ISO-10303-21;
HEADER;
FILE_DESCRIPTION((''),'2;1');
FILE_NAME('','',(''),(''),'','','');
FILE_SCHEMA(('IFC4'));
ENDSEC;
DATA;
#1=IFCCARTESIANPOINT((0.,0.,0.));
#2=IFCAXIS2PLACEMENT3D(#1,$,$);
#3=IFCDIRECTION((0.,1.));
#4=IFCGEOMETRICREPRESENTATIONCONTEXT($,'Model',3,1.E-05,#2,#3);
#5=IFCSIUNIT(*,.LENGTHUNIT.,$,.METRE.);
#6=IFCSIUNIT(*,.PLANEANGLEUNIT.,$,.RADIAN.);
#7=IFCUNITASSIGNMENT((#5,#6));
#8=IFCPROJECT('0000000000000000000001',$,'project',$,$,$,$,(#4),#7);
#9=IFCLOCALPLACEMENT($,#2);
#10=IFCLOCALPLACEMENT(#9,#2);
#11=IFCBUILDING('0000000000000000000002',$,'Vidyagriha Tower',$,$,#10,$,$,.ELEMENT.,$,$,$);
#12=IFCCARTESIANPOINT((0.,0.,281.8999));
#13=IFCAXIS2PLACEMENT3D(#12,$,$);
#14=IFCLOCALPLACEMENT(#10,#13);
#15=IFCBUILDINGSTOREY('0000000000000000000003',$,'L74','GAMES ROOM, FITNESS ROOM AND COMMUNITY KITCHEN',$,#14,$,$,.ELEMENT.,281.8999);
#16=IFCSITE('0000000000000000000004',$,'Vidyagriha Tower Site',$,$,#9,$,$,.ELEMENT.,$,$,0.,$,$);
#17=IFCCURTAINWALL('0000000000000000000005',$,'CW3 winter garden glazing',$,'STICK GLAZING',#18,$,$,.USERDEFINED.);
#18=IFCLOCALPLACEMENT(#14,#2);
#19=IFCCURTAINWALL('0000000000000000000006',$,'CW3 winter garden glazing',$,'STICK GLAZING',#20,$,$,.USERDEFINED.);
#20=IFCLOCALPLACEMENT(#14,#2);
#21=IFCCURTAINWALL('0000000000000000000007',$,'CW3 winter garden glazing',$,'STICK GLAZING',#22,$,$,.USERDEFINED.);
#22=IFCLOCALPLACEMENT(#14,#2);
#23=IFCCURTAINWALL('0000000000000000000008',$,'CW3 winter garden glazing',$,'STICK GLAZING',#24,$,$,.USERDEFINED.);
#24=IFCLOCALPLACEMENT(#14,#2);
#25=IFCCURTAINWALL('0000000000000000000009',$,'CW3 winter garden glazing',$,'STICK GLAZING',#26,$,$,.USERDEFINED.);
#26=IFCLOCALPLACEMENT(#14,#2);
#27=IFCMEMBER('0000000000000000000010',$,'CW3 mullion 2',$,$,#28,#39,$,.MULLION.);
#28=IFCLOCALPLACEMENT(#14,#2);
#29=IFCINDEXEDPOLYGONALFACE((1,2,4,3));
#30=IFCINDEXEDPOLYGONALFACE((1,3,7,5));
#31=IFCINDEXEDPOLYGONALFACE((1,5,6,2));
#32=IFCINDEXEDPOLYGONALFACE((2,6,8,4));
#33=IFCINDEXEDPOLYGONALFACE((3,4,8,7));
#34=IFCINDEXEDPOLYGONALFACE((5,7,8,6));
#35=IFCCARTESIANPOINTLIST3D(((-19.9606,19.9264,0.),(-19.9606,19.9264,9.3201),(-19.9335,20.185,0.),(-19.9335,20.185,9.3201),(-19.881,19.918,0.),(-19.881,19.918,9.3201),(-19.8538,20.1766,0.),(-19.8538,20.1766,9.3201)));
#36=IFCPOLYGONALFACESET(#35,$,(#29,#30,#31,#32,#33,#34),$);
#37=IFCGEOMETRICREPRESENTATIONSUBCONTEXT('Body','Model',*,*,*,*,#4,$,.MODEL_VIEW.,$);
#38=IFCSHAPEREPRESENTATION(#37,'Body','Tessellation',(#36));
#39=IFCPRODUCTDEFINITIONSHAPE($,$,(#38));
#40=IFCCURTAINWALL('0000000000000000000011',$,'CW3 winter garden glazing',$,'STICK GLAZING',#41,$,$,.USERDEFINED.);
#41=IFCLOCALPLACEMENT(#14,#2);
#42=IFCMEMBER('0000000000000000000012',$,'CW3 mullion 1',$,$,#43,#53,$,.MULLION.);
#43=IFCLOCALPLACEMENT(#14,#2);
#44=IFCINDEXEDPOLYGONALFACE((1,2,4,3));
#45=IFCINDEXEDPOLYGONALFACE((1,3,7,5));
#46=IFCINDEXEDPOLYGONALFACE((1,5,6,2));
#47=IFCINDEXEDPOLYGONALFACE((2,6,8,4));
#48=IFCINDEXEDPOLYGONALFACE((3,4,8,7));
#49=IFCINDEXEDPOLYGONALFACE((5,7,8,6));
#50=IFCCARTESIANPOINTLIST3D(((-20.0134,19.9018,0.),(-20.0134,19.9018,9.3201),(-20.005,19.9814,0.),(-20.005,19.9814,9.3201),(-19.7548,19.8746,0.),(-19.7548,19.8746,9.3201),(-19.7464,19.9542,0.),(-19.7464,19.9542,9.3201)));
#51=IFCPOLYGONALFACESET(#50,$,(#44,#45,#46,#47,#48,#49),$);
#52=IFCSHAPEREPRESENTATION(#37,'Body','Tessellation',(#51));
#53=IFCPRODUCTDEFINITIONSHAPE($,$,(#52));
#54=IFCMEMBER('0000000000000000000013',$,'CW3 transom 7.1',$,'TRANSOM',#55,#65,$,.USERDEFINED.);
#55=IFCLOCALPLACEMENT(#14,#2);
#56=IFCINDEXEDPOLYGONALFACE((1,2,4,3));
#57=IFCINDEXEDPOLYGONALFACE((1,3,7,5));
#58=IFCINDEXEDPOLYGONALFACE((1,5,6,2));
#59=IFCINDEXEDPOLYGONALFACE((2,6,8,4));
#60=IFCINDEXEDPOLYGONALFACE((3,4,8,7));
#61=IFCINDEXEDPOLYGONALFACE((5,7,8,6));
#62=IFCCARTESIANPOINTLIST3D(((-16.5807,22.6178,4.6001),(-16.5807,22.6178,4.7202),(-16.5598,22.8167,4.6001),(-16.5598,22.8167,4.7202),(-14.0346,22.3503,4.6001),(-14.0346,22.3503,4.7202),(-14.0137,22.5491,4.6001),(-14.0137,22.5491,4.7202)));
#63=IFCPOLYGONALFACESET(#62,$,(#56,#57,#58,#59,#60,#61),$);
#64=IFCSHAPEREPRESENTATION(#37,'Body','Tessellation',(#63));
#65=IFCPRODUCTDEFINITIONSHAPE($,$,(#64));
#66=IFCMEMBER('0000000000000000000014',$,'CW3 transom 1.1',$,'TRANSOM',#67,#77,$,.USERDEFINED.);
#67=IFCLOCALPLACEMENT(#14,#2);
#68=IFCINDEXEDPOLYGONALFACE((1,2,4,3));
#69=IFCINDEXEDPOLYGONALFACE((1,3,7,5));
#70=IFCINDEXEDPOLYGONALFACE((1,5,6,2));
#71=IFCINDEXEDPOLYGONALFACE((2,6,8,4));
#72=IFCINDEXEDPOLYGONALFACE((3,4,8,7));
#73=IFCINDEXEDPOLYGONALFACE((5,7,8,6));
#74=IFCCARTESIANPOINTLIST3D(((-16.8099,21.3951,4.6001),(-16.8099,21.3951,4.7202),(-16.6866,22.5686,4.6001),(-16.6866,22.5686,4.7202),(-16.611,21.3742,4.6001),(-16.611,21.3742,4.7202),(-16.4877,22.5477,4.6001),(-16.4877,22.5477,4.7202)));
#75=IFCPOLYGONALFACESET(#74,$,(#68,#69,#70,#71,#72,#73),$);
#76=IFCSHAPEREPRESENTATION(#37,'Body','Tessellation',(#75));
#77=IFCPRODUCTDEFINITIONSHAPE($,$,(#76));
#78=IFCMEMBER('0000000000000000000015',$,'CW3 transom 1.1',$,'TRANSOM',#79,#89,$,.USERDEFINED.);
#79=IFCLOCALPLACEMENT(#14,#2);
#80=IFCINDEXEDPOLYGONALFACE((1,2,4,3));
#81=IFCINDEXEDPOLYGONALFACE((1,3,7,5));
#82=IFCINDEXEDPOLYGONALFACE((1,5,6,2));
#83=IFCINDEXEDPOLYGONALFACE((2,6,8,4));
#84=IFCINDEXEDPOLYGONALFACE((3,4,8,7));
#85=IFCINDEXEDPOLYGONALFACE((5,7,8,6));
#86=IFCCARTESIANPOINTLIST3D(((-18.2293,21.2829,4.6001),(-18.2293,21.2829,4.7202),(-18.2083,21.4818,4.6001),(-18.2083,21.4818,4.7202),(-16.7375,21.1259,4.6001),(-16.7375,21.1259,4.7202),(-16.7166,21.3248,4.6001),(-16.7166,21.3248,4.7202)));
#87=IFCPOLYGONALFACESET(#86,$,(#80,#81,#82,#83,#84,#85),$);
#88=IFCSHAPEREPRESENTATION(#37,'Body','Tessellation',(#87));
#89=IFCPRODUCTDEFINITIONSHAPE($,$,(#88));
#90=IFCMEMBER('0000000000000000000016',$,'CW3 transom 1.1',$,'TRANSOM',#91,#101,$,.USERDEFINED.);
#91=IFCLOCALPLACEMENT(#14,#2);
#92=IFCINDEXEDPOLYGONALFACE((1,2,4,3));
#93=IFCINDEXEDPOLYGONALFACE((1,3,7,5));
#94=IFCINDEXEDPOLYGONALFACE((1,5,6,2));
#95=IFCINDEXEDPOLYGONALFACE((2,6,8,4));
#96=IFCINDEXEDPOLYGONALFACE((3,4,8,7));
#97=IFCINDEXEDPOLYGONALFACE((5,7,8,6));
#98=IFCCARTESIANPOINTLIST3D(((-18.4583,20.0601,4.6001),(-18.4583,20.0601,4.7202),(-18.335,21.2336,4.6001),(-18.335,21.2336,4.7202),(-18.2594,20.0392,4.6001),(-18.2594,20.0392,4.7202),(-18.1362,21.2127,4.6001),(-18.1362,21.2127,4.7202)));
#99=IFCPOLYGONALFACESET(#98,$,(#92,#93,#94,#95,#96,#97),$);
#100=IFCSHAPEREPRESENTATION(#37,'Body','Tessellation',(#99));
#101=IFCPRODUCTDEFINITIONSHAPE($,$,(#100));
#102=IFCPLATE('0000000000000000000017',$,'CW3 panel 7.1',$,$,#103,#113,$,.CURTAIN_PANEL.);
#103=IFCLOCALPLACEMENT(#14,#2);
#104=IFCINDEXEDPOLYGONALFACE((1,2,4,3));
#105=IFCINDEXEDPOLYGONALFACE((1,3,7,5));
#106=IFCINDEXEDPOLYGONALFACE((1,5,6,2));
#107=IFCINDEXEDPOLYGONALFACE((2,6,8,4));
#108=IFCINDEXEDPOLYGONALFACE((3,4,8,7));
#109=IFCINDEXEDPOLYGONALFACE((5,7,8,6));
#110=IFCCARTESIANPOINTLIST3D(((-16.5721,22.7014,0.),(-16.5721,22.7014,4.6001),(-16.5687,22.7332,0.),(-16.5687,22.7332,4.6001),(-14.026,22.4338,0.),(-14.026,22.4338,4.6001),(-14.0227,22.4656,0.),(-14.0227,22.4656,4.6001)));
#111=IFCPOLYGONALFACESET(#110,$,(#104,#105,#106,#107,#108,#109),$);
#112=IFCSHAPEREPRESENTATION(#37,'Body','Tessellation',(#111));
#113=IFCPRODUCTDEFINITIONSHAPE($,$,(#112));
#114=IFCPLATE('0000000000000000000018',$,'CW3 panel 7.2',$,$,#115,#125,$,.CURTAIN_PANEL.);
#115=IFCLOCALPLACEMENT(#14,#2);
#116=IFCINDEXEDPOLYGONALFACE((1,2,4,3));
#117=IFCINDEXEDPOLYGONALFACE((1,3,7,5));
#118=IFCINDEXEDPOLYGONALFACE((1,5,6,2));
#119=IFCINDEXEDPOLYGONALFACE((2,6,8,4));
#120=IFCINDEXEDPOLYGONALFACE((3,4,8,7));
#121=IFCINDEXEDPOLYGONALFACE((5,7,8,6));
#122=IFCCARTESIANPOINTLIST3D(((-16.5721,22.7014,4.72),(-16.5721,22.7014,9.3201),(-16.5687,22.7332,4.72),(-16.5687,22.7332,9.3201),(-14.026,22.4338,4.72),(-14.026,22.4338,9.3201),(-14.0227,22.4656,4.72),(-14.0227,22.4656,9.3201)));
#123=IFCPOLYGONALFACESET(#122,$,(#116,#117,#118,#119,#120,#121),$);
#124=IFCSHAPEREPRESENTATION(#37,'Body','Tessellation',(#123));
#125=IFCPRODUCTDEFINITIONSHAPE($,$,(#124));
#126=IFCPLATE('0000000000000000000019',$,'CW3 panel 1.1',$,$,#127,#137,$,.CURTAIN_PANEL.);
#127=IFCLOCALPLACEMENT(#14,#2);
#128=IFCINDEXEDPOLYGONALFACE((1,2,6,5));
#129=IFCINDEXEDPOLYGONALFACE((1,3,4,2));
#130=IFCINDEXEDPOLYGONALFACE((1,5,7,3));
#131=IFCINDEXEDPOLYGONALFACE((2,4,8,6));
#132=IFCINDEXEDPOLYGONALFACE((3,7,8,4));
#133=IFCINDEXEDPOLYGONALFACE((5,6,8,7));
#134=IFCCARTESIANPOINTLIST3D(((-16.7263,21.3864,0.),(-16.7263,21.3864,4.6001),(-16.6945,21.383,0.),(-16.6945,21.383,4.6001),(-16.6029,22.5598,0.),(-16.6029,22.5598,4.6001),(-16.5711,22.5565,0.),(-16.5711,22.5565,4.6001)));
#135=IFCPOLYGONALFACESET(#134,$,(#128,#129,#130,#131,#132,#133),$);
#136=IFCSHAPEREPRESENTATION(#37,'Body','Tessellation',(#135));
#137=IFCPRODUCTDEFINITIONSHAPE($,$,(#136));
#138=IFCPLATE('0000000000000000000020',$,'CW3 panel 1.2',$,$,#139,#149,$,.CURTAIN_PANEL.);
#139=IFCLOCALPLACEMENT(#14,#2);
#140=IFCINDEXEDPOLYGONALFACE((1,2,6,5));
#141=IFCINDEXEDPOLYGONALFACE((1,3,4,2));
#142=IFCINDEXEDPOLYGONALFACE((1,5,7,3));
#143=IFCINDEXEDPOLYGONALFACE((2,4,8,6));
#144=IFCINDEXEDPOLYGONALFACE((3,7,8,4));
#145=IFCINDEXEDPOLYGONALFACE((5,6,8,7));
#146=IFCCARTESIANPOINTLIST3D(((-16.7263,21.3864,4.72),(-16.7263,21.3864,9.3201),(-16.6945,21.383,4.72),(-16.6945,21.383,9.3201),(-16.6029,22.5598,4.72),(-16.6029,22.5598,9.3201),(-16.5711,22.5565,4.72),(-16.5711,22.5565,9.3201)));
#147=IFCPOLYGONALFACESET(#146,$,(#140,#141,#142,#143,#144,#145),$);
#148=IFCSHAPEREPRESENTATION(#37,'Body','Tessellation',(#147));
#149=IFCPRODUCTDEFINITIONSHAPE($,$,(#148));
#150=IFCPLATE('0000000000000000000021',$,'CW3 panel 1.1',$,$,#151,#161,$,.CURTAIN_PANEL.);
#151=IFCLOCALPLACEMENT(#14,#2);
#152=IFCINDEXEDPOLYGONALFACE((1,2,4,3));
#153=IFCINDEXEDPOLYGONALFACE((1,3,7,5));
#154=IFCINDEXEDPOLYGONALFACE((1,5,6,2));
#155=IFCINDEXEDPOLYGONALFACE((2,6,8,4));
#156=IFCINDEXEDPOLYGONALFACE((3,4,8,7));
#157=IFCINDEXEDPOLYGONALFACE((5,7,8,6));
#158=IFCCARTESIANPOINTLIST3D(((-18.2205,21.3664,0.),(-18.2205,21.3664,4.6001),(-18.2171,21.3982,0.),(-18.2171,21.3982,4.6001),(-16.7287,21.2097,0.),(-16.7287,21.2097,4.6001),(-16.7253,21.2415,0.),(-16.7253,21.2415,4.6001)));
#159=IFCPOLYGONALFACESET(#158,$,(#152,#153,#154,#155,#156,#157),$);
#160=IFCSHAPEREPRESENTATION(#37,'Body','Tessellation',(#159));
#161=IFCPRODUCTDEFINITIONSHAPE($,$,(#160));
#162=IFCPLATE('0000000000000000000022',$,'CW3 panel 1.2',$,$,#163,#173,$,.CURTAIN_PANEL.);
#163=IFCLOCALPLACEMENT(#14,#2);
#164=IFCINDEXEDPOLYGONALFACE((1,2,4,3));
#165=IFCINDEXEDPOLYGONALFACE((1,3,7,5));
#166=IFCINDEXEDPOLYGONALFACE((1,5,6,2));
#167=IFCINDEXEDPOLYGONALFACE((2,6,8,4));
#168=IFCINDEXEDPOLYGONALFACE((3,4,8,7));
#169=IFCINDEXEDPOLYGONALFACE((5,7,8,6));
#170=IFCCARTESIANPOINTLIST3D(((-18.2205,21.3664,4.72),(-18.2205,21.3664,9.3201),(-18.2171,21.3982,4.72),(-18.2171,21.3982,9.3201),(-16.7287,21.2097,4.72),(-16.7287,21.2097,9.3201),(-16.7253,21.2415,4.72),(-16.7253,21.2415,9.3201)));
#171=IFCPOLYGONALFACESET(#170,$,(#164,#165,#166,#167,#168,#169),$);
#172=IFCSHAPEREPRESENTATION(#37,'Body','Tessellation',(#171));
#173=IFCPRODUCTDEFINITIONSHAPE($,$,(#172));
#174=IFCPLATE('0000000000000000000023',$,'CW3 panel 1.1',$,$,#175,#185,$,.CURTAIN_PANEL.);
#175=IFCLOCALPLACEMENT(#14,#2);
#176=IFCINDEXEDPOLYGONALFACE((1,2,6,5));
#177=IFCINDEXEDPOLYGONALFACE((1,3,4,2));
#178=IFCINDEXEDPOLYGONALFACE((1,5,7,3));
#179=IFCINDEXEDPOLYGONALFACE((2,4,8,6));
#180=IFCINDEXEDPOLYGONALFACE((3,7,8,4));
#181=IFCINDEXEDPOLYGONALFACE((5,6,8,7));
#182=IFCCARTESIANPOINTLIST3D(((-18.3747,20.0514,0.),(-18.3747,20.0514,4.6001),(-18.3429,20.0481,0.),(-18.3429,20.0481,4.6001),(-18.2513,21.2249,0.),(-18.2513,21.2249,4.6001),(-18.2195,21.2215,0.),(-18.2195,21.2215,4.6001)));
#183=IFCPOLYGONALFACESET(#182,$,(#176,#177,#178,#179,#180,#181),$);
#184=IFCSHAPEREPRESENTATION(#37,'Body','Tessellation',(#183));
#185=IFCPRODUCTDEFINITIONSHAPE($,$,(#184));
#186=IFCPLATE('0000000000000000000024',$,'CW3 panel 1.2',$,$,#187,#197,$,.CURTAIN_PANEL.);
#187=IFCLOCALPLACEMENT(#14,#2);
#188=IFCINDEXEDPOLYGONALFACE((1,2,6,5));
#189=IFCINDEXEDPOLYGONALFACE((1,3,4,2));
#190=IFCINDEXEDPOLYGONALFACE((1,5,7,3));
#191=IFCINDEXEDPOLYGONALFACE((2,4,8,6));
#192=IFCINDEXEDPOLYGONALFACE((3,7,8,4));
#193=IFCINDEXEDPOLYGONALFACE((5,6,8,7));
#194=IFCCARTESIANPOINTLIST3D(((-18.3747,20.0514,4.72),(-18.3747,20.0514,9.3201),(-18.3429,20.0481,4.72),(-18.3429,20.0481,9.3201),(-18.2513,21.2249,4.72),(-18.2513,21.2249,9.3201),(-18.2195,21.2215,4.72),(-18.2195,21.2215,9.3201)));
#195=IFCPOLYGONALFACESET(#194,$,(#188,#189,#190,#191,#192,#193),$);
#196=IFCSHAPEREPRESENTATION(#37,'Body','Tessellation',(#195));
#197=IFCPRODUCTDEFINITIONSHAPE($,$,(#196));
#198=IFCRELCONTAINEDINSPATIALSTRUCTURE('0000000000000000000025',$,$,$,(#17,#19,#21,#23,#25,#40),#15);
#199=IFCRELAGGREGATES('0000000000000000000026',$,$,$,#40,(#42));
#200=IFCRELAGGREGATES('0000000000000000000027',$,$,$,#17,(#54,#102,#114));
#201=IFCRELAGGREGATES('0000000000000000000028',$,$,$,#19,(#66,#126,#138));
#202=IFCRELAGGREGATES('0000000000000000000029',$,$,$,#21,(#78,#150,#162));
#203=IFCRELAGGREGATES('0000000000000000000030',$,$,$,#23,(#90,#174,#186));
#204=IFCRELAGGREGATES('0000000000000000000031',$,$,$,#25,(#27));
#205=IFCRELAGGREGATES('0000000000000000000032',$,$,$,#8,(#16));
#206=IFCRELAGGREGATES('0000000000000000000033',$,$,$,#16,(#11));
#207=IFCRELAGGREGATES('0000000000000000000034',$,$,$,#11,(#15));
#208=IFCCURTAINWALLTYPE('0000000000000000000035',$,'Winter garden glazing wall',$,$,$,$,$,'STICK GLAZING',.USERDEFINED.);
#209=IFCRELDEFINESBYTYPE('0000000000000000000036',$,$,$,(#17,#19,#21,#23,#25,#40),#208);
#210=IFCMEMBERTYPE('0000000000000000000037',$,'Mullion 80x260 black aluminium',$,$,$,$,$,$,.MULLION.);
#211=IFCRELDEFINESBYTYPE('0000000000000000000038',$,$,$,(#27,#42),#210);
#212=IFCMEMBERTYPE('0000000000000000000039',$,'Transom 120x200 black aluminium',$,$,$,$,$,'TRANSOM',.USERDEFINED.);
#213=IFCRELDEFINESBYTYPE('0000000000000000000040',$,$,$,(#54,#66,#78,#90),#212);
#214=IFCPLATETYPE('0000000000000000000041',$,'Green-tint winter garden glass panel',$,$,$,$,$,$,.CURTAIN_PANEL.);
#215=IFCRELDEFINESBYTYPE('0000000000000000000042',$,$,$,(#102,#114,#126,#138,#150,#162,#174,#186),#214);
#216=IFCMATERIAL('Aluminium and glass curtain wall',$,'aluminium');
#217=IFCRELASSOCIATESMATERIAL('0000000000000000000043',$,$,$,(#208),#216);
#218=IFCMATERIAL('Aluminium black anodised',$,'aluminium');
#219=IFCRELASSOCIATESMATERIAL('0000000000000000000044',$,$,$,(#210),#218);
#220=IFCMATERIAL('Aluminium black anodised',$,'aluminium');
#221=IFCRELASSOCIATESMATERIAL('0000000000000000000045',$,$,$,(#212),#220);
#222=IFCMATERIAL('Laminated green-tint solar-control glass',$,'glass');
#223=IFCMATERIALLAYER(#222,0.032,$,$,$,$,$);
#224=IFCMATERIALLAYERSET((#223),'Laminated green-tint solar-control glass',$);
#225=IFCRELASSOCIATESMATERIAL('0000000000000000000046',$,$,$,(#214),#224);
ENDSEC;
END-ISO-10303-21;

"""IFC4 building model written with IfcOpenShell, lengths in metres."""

from ifc_helpers import new_model, si_unit, direction, frame, origin, origin_2d, place, context, subcontext, project, spatial, rectangle, extrude, material, layer, layer_set, material_profile, profile_set, type_object, element, aggregate, save


model = new_model("IFC4")

# Units and contexts
model_context = context("Model", 3, precision=1e-05, world=origin(), true_north=direction((0.0, 1.0)))
body_context = subcontext(model_context, "Body", "Model", "MODEL_VIEW")
ifc_project = project(units=[si_unit("LENGTHUNIT", "METRE"), si_unit("PLANEANGLEUNIT", "RADIAN")], contexts=[model_context])

# Site, building, storey
site_placement = place(None, origin())
site = spatial("IfcSite", under=ifc_project, at=site_placement, Name="Vidyagriha Tower Site", CompositionType="ELEMENT", RefElevation=0.0)
building_placement = place(site_placement, origin())
building = spatial("IfcBuilding", under=site, at=building_placement, Name="Vidyagriha Tower", CompositionType="ELEMENT")
storey_placement = place(building_placement, frame((0.0, 0.0, 281.8999)))
storey = spatial("IfcBuildingStorey", under=building, at=storey_placement, Name="L74", Description="GAMES ROOM, FITNESS ROOM AND COMMUNITY KITCHEN", CompositionType="ELEMENT", Elevation=281.8999)

# Curtain walls
ifc_material_1 = material(Name="Aluminium and glass curtain wall", Category="aluminium")
curtain_wall_type = type_object("IfcCurtainWallType", Name="Winter garden glazing wall", ElementType="STICK GLAZING", PredefinedType="USERDEFINED", material=ifc_material_1)
curtain_wall_1_placement = place(storey_placement, origin())
curtain_wall_1 = element("IfcCurtainWall", 1, at=curtain_wall_1_placement, inside=storey, type_object=curtain_wall_type, Name="CW3 winter garden glazing", ObjectType="STICK GLAZING", PredefinedType="USERDEFINED")
ifc_material_2 = material(Name="Aluminium black anodised", Category="aluminium")
ifc_material_profile_1 = material_profile(ifc_material_2, rectangle(XDim=0.26, YDim=0.0801, at=origin_2d()), Name="Mullion 80x260 black aluminium")
ifc_profile_set_1 = profile_set([ifc_material_profile_1], Name="Aluminium black anodised")
member_type_1 = type_object("IfcMemberType", Name="Mullion 80x260 black aluminium", PredefinedType="MULLION", material=ifc_profile_set_1)
curtain_wall_2_placement = place(storey_placement, origin())
curtain_wall_2 = element("IfcCurtainWall", 2, at=curtain_wall_2_placement, inside=storey, type_object=curtain_wall_type, Name="CW3 winter garden glazing", ObjectType="STICK GLAZING", PredefinedType="USERDEFINED")
curtain_wall_3_placement = place(storey_placement, origin())
curtain_wall_3 = element("IfcCurtainWall", 3, at=curtain_wall_3_placement, inside=storey, type_object=curtain_wall_type, Name="CW3 winter garden glazing", ObjectType="STICK GLAZING", PredefinedType="USERDEFINED")
curtain_wall_4_placement = place(storey_placement, origin())
curtain_wall_4 = element("IfcCurtainWall", 4, at=curtain_wall_4_placement, inside=storey, type_object=curtain_wall_type, Name="CW3 winter garden glazing", ObjectType="STICK GLAZING", PredefinedType="USERDEFINED")

# Curtain walls, members
curtain_wall_5_placement = place(storey_placement, origin())
curtain_wall_5 = element("IfcCurtainWall", 5, at=curtain_wall_5_placement, inside=storey, type_object=curtain_wall_type, Name="CW3 winter garden glazing", ObjectType="STICK GLAZING", PredefinedType="USERDEFINED")
member_1_placement = place(storey_placement, frame((-19.9072, 20.0515, 0.0), z_axis=(0.0, 0.0, 1.0), x_axis=(-0.104512, -0.994524, 0.0)))
member_1 = element("IfcMember", 6, at=member_1_placement, type_object=member_type_1, Name="CW3 mullion 2", PredefinedType="MULLION", context=body_context, shape_type="SweptSolid", body=[
    extrude(rectangle(XDim=0.26, YDim=0.0801, at=origin_2d()), origin(), (0.0, 0.0, 1.0), 9.3201),
])
curtain_wall_6_placement = place(storey_placement, origin())
curtain_wall_6 = element("IfcCurtainWall", 7, at=curtain_wall_6_placement, inside=storey, type_object=curtain_wall_type, Name="CW3 winter garden glazing", ObjectType="STICK GLAZING", PredefinedType="USERDEFINED")
member_2_placement = place(storey_placement, frame((-19.8799, 19.928, 0.0), z_axis=(0.0, 0.0, 1.0), x_axis=(0.994518, -0.104564, 0.0)))
member_2 = element("IfcMember", 8, at=member_2_placement, type_object=member_type_1, Name="CW3 mullion 1", PredefinedType="MULLION", context=body_context, shape_type="SweptSolid", body=[
    extrude(rectangle(XDim=0.26, YDim=0.0801, at=origin_2d()), origin(), (0.0, 0.0, 1.0), 9.3201),
])
aggregate(curtain_wall_6, [member_2])

# Members
ifc_material_3 = material(Name="Aluminium black anodised", Category="aluminium")
ifc_material_profile_2 = material_profile(ifc_material_3, rectangle(XDim=0.2, YDim=0.1201, at=origin_2d()), Name="Transom 120x200 black aluminium")
ifc_profile_set_2 = profile_set([ifc_material_profile_2], Name="Aluminium black anodised")
member_type_2 = type_object("IfcMemberType", Name="Transom 120x200 black aluminium", ElementType="TRANSOM", PredefinedType="USERDEFINED", material=ifc_profile_set_2)
member_3_placement = place(storey_placement, frame((-14.0242, 22.4497, 4.6602), z_axis=(-0.994523, 0.104516, 0.0), x_axis=(-0.104516, -0.994523, 0.0)))
member_3 = element("IfcMember", 9, at=member_3_placement, type_object=member_type_2, Name="CW3 transom 7.1", ObjectType="TRANSOM", PredefinedType="USERDEFINED", context=body_context, shape_type="SweptSolid", body=[
    extrude(rectangle(XDim=0.2, YDim=0.1201, at=origin_2d()), origin(), (0.0, 0.0, 1.0), 2.5601),
])
member_4_placement = place(storey_placement, frame((-16.5872, 22.5581, 4.6602), z_axis=(-0.10448, -0.994527, 0.0), x_axis=(0.994527, -0.10448, 0.0)))
member_4 = element("IfcMember", 10, at=member_4_placement, type_object=member_type_2, Name="CW3 transom 1.1", ObjectType="TRANSOM", PredefinedType="USERDEFINED", context=body_context, shape_type="SweptSolid", body=[
    extrude(rectangle(XDim=0.2, YDim=0.1201, at=origin_2d()), origin(), (0.0, 0.0, 1.0), 1.1799),
])
member_5_placement = place(storey_placement, frame((-16.7271, 21.2253, 4.6602), z_axis=(-0.994508, 0.104659, 0.0), x_axis=(-0.104659, -0.994508, 0.0)))
member_5 = element("IfcMember", 11, at=member_5_placement, type_object=member_type_2, Name="CW3 transom 1.1", ObjectType="TRANSOM", PredefinedType="USERDEFINED", context=body_context, shape_type="SweptSolid", body=[
    extrude(rectangle(XDim=0.2, YDim=0.1201, at=origin_2d()), origin(), (0.0, 0.0, 1.0), 1.5),
])
member_6_placement = place(storey_placement, frame((-18.2356, 21.2231, 4.6602), z_axis=(-0.10448, -0.994527, 0.0), x_axis=(0.994527, -0.10448, 0.0)))
member_6 = element("IfcMember", 12, at=member_6_placement, type_object=member_type_2, Name="CW3 transom 1.1", ObjectType="TRANSOM", PredefinedType="USERDEFINED", context=body_context, shape_type="SweptSolid", body=[
    extrude(rectangle(XDim=0.2, YDim=0.1201, at=origin_2d()), origin(), (0.0, 0.0, 1.0), 1.1799),
])

# Plates
ifc_material_4 = material(Name="Laminated green-tint solar-control glass", Category="glass")
ifc_layer = layer(ifc_material_4, 0.032)
ifc_layer_set = layer_set([ifc_layer], Name="Laminated green-tint solar-control glass")
plate_type = type_object("IfcPlateType", Name="Green-tint winter garden glass panel", PredefinedType="CURTAIN_PANEL", material=ifc_layer_set)
plate_1_placement = place(storey_placement, frame((-15.2974, 22.5835, 0.0), z_axis=(0.0, 0.0, 1.0), x_axis=(-0.994522, 0.104528, 0.0)))
plate_1 = element("IfcPlate", 13, at=plate_1_placement, type_object=plate_type, Name="CW3 panel 7.1", PredefinedType="CURTAIN_PANEL", context=body_context, shape_type="SweptSolid", body=[
    extrude(rectangle(XDim=2.5601, YDim=0.032, at=origin_2d()), origin(), (0.0, 0.0, 1.0), 4.6001),
])
plate_2_placement = place(storey_placement, frame((-15.2974, 22.5835, 4.72), z_axis=(0.0, 0.0, 1.0), x_axis=(-0.994522, 0.104528, 0.0)))
plate_2 = element("IfcPlate", 14, at=plate_2_placement, type_object=plate_type, Name="CW3 panel 7.2", PredefinedType="CURTAIN_PANEL", context=body_context, shape_type="SweptSolid", body=[
    extrude(rectangle(XDim=2.5601, YDim=0.032, at=origin_2d()), origin(), (0.0, 0.0, 1.0), 4.6001),
])
aggregate(curtain_wall_1, [member_3, plate_1, plate_2])
plate_3_placement = place(storey_placement, frame((-16.6487, 21.9714, 0.0), z_axis=(0.0, 0.0, 1.0), x_axis=(-0.104549, -0.99452, 0.0)))
plate_3 = element("IfcPlate", 15, at=plate_3_placement, type_object=plate_type, Name="CW3 panel 1.1", PredefinedType="CURTAIN_PANEL", context=body_context, shape_type="SweptSolid", body=[
    extrude(rectangle(XDim=1.1799, YDim=0.032, at=origin_2d()), origin(), (0.0, 0.0, 1.0), 4.6001),
])
plate_4_placement = place(storey_placement, frame((-16.6487, 21.9714, 4.72), z_axis=(0.0, 0.0, 1.0), x_axis=(-0.104549, -0.99452, 0.0)))
plate_4 = element("IfcPlate", 16, at=plate_4_placement, type_object=plate_type, Name="CW3 panel 1.2", PredefinedType="CURTAIN_PANEL", context=body_context, shape_type="SweptSolid", body=[
    extrude(rectangle(XDim=1.1799, YDim=0.032, at=origin_2d()), origin(), (0.0, 0.0, 1.0), 4.6001),
])
aggregate(curtain_wall_2, [member_4, plate_3, plate_4])
plate_5_placement = place(storey_placement, frame((-17.4729, 21.304, 0.0), z_axis=(0.0, 0.0, 1.0), x_axis=(-0.994523, 0.104519, 0.0)))
plate_5 = element("IfcPlate", 17, at=plate_5_placement, type_object=plate_type, Name="CW3 panel 1.1", PredefinedType="CURTAIN_PANEL", context=body_context, shape_type="SweptSolid", body=[
    extrude(rectangle(XDim=1.5, YDim=0.032, at=origin_2d()), origin(), (0.0, 0.0, 1.0), 4.6001),
])
plate_6_placement = place(storey_placement, frame((-17.4729, 21.304, 4.72), z_axis=(0.0, 0.0, 1.0), x_axis=(-0.994523, 0.104519, 0.0)))
plate_6 = element("IfcPlate", 18, at=plate_6_placement, type_object=plate_type, Name="CW3 panel 1.2", PredefinedType="CURTAIN_PANEL", context=body_context, shape_type="SweptSolid", body=[
    extrude(rectangle(XDim=1.5, YDim=0.032, at=origin_2d()), origin(), (0.0, 0.0, 1.0), 4.6001),
])
aggregate(curtain_wall_3, [member_5, plate_5, plate_6])
plate_7_placement = place(storey_placement, frame((-18.2971, 20.6365, 0.0), z_axis=(0.0, 0.0, 1.0), x_axis=(-0.104549, -0.99452, 0.0)))
plate_7 = element("IfcPlate", 19, at=plate_7_placement, type_object=plate_type, Name="CW3 panel 1.1", PredefinedType="CURTAIN_PANEL", context=body_context, shape_type="SweptSolid", body=[
    extrude(rectangle(XDim=1.1799, YDim=0.032, at=origin_2d()), origin(), (0.0, 0.0, 1.0), 4.6001),
])
plate_8_placement = place(storey_placement, frame((-18.2971, 20.6365, 4.72), z_axis=(0.0, 0.0, 1.0), x_axis=(-0.104549, -0.99452, 0.0)))
plate_8 = element("IfcPlate", 20, at=plate_8_placement, type_object=plate_type, Name="CW3 panel 1.2", PredefinedType="CURTAIN_PANEL", context=body_context, shape_type="SweptSolid", body=[
    extrude(rectangle(XDim=1.1799, YDim=0.032, at=origin_2d()), origin(), (0.0, 0.0, 1.0), 4.6001),
])
aggregate(curtain_wall_4, [member_6, plate_7, plate_8])
aggregate(curtain_wall_5, [member_1])

save(model, "model.ifc")
